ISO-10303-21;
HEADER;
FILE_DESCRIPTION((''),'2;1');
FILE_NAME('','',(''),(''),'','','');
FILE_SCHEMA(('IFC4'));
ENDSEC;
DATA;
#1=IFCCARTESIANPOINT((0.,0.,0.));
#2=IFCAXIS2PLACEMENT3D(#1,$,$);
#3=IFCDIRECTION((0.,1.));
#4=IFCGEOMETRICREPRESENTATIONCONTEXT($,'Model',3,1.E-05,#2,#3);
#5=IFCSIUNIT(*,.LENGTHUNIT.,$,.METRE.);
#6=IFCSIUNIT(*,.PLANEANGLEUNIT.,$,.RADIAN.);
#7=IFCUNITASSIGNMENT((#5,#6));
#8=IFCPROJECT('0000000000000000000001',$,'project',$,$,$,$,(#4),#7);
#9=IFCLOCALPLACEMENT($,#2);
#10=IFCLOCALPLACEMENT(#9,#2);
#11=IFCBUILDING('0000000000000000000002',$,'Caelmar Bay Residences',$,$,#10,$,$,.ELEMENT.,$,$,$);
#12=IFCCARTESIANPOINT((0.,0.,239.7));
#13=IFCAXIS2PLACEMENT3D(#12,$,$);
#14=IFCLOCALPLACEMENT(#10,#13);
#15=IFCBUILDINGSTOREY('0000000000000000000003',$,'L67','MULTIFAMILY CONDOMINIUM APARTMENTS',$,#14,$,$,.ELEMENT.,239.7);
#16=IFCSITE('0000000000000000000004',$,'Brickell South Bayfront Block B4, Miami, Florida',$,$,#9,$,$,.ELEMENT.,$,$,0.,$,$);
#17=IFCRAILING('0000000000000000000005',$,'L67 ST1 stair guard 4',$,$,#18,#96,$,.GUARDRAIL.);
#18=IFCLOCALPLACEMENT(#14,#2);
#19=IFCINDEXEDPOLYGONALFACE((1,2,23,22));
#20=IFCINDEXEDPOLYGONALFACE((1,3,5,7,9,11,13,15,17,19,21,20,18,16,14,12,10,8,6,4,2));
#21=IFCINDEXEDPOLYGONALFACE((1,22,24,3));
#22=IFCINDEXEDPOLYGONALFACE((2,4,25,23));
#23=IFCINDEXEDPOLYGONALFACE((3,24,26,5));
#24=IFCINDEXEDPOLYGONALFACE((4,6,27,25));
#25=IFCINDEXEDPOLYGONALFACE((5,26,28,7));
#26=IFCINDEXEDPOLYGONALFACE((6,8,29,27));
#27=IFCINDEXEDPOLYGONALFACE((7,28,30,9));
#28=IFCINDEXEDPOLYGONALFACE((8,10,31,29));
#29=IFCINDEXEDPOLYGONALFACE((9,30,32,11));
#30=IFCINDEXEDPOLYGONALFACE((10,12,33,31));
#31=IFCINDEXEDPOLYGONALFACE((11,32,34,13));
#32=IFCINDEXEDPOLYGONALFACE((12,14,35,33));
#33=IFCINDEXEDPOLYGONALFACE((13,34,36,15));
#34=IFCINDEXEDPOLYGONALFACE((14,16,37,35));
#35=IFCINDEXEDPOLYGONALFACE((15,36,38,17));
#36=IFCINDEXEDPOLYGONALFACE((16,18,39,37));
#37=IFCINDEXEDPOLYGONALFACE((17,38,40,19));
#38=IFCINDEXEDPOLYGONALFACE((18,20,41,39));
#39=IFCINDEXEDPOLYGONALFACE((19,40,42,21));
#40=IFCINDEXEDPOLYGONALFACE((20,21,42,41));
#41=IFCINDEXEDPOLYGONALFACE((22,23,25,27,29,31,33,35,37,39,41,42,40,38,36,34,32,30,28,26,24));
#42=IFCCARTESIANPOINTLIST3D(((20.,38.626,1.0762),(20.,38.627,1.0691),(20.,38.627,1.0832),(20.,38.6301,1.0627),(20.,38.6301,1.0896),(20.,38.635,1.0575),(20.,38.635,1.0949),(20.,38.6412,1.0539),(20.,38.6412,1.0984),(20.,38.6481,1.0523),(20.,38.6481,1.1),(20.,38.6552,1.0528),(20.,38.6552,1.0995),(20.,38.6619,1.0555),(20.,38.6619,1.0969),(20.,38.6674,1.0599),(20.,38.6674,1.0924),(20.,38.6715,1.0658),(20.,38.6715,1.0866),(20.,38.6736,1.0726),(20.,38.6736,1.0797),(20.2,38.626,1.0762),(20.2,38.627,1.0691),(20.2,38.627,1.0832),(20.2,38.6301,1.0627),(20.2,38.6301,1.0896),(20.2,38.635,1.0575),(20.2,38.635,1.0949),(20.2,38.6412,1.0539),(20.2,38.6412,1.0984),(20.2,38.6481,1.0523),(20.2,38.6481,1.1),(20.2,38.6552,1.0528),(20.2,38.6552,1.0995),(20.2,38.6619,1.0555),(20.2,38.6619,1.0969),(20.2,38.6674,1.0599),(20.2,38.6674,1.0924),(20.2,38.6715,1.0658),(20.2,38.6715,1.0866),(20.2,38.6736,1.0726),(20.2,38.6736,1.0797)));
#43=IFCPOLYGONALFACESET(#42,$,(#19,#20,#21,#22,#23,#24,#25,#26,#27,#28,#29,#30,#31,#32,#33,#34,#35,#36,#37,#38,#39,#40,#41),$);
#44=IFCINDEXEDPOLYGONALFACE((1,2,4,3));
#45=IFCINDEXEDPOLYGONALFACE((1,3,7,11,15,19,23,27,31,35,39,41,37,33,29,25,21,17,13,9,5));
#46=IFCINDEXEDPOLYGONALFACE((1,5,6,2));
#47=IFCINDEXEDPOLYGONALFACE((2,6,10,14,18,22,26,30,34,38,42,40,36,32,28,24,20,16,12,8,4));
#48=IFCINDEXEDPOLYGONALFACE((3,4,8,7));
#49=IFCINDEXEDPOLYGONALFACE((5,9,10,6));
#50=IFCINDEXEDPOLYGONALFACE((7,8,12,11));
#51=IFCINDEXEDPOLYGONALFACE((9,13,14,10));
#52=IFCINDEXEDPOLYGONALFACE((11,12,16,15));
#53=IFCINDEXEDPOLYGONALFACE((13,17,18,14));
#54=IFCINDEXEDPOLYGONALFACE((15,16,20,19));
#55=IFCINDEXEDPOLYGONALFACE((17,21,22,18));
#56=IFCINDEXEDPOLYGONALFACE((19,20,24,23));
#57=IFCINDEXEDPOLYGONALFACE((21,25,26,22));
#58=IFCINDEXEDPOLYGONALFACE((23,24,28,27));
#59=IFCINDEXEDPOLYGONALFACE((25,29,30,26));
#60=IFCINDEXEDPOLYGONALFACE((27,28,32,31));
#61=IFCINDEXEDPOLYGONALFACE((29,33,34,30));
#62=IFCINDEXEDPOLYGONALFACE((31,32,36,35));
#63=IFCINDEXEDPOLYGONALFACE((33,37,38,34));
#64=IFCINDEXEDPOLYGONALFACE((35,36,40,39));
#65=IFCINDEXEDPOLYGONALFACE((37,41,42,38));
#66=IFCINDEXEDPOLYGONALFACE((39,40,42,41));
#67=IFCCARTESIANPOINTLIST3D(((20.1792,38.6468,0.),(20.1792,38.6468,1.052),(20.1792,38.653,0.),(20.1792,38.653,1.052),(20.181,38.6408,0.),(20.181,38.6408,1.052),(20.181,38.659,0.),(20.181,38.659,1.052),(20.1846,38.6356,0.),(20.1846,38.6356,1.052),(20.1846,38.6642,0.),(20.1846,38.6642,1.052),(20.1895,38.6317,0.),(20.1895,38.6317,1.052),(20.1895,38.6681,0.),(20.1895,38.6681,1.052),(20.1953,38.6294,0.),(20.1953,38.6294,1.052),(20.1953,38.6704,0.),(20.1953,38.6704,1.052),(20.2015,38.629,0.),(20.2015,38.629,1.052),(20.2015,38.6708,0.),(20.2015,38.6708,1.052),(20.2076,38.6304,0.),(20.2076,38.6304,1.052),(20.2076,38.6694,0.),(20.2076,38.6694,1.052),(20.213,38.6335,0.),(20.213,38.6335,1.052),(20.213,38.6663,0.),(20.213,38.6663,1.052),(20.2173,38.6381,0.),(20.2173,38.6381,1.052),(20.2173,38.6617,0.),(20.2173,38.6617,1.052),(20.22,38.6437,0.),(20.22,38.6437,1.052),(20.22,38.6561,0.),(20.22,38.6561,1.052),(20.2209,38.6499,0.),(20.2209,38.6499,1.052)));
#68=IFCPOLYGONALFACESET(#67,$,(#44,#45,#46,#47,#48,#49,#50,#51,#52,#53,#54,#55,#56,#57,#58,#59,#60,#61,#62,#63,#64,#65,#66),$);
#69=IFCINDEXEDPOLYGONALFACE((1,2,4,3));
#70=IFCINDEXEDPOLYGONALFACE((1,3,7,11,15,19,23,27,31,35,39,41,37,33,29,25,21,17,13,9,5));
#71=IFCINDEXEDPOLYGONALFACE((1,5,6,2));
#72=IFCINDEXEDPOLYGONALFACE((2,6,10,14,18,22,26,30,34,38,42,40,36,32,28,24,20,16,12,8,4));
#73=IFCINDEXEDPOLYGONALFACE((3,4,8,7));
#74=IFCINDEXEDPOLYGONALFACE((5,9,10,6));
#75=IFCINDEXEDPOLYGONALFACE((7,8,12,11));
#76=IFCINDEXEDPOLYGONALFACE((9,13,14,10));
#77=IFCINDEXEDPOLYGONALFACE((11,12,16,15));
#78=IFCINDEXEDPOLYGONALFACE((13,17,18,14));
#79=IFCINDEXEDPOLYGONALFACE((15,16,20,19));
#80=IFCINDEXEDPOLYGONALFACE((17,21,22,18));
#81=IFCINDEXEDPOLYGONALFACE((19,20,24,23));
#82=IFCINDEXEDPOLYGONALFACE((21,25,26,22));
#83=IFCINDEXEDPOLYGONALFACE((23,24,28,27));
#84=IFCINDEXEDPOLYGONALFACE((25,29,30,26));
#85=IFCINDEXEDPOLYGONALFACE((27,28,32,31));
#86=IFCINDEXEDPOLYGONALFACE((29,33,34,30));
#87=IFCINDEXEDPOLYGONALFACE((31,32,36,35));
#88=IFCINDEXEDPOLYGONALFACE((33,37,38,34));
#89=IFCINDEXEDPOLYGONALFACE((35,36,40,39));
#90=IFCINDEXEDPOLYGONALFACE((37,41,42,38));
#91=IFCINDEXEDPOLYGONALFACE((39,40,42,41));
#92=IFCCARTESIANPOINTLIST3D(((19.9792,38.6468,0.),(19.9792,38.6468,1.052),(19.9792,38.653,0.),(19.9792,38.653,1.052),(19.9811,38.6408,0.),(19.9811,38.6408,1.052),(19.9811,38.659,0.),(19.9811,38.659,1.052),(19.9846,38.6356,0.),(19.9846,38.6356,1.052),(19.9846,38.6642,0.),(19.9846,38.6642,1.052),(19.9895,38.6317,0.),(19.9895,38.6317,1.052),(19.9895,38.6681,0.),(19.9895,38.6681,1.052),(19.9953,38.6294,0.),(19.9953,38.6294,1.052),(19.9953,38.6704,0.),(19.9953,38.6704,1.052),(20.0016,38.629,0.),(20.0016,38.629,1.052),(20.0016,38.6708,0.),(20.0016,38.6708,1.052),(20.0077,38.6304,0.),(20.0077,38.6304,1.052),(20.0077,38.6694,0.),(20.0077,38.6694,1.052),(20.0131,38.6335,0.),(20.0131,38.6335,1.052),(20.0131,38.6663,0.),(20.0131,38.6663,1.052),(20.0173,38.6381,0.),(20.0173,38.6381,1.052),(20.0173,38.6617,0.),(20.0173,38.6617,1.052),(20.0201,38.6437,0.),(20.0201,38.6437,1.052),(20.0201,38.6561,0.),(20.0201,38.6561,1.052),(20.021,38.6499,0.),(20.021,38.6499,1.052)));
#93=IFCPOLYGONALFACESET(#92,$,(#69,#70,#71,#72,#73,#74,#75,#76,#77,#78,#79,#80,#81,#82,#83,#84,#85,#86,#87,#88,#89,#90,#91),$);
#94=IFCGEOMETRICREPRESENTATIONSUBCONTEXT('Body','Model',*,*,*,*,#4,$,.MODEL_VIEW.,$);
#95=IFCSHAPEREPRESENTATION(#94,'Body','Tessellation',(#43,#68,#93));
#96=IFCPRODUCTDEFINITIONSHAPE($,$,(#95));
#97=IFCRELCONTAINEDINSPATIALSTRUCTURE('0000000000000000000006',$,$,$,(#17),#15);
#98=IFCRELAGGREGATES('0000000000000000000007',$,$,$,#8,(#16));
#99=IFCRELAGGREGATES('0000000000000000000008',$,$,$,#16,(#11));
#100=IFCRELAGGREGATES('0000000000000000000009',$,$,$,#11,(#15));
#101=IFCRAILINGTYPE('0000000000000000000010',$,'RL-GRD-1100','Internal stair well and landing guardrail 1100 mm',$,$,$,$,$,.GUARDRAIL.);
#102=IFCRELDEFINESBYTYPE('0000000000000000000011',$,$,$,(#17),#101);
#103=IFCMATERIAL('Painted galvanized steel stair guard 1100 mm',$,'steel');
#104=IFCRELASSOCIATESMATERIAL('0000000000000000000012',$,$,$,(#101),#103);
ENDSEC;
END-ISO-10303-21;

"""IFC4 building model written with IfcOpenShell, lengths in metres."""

from ifc_helpers import new_model, si_unit, direction, frame, origin, origin_2d, place, context, subcontext, project, spatial, circle, extrude, material, type_object, element, save


model = new_model("IFC4")

# Units and contexts
model_context = context("Model", 3, precision=1e-05, world=origin(), true_north=direction((0.0, 1.0)))
body_context = subcontext(model_context, "Body", "Model", "MODEL_VIEW")
ifc_project = project(units=[si_unit("LENGTHUNIT", "METRE"), si_unit("PLANEANGLEUNIT", "RADIAN")], contexts=[model_context])

# Site, building, storey
site_placement = place(None, origin())
site = spatial("IfcSite", under=ifc_project, at=site_placement, Name="Brickell South Bayfront Block B4, Miami, Florida", CompositionType="ELEMENT", RefElevation=0.0)
building_placement = place(site_placement, origin())
building = spatial("IfcBuilding", under=site, at=building_placement, Name="Caelmar Bay Residences", CompositionType="ELEMENT")
storey_placement = place(building_placement, frame((0.0, 0.0, 239.7)))
storey = spatial("IfcBuildingStorey", under=building, at=storey_placement, Name="L67", Description="MULTIFAMILY CONDOMINIUM APARTMENTS", CompositionType="ELEMENT", Elevation=239.7)

# Railing
ifc_material_1 = material(Name="Painted galvanized steel stair guard 1100 mm", Category="steel")
railing_type_1 = type_object("IfcRailingType", Name="RL-GRD-1100", Description="Internal stair well and landing guardrail 1100 mm", PredefinedType="GUARDRAIL", material=ifc_material_1)
railing_1_placement = place(storey_placement, frame((20.2, 38.6499, 0.0)))
element("IfcRailing", 1, at=railing_1_placement, inside=storey, type_object=railing_type_1, Name="L67 ST1 stair guard 4", PredefinedType="GUARDRAIL", context=body_context, shape_type="SweptSolid", body=[
    extrude(circle(Radius=0.0239, at=origin_2d()), frame((0.0, 0.0, 1.0762), z_axis=(-1.0, 0.0, 0.0), x_axis=(0.0, -1.0, 0.0)), (0.0, 0.0, 1.0), 0.2),
    extrude(circle(Radius=0.021, at=origin_2d()), origin(), (0.0, 0.0, 1.0), 1.052),
    extrude(circle(Radius=0.021, at=origin_2d()), frame((-0.2, 0.0, 0.0)), (0.0, 0.0, 1.0), 1.052),
])

save(model, "model.ifc")
